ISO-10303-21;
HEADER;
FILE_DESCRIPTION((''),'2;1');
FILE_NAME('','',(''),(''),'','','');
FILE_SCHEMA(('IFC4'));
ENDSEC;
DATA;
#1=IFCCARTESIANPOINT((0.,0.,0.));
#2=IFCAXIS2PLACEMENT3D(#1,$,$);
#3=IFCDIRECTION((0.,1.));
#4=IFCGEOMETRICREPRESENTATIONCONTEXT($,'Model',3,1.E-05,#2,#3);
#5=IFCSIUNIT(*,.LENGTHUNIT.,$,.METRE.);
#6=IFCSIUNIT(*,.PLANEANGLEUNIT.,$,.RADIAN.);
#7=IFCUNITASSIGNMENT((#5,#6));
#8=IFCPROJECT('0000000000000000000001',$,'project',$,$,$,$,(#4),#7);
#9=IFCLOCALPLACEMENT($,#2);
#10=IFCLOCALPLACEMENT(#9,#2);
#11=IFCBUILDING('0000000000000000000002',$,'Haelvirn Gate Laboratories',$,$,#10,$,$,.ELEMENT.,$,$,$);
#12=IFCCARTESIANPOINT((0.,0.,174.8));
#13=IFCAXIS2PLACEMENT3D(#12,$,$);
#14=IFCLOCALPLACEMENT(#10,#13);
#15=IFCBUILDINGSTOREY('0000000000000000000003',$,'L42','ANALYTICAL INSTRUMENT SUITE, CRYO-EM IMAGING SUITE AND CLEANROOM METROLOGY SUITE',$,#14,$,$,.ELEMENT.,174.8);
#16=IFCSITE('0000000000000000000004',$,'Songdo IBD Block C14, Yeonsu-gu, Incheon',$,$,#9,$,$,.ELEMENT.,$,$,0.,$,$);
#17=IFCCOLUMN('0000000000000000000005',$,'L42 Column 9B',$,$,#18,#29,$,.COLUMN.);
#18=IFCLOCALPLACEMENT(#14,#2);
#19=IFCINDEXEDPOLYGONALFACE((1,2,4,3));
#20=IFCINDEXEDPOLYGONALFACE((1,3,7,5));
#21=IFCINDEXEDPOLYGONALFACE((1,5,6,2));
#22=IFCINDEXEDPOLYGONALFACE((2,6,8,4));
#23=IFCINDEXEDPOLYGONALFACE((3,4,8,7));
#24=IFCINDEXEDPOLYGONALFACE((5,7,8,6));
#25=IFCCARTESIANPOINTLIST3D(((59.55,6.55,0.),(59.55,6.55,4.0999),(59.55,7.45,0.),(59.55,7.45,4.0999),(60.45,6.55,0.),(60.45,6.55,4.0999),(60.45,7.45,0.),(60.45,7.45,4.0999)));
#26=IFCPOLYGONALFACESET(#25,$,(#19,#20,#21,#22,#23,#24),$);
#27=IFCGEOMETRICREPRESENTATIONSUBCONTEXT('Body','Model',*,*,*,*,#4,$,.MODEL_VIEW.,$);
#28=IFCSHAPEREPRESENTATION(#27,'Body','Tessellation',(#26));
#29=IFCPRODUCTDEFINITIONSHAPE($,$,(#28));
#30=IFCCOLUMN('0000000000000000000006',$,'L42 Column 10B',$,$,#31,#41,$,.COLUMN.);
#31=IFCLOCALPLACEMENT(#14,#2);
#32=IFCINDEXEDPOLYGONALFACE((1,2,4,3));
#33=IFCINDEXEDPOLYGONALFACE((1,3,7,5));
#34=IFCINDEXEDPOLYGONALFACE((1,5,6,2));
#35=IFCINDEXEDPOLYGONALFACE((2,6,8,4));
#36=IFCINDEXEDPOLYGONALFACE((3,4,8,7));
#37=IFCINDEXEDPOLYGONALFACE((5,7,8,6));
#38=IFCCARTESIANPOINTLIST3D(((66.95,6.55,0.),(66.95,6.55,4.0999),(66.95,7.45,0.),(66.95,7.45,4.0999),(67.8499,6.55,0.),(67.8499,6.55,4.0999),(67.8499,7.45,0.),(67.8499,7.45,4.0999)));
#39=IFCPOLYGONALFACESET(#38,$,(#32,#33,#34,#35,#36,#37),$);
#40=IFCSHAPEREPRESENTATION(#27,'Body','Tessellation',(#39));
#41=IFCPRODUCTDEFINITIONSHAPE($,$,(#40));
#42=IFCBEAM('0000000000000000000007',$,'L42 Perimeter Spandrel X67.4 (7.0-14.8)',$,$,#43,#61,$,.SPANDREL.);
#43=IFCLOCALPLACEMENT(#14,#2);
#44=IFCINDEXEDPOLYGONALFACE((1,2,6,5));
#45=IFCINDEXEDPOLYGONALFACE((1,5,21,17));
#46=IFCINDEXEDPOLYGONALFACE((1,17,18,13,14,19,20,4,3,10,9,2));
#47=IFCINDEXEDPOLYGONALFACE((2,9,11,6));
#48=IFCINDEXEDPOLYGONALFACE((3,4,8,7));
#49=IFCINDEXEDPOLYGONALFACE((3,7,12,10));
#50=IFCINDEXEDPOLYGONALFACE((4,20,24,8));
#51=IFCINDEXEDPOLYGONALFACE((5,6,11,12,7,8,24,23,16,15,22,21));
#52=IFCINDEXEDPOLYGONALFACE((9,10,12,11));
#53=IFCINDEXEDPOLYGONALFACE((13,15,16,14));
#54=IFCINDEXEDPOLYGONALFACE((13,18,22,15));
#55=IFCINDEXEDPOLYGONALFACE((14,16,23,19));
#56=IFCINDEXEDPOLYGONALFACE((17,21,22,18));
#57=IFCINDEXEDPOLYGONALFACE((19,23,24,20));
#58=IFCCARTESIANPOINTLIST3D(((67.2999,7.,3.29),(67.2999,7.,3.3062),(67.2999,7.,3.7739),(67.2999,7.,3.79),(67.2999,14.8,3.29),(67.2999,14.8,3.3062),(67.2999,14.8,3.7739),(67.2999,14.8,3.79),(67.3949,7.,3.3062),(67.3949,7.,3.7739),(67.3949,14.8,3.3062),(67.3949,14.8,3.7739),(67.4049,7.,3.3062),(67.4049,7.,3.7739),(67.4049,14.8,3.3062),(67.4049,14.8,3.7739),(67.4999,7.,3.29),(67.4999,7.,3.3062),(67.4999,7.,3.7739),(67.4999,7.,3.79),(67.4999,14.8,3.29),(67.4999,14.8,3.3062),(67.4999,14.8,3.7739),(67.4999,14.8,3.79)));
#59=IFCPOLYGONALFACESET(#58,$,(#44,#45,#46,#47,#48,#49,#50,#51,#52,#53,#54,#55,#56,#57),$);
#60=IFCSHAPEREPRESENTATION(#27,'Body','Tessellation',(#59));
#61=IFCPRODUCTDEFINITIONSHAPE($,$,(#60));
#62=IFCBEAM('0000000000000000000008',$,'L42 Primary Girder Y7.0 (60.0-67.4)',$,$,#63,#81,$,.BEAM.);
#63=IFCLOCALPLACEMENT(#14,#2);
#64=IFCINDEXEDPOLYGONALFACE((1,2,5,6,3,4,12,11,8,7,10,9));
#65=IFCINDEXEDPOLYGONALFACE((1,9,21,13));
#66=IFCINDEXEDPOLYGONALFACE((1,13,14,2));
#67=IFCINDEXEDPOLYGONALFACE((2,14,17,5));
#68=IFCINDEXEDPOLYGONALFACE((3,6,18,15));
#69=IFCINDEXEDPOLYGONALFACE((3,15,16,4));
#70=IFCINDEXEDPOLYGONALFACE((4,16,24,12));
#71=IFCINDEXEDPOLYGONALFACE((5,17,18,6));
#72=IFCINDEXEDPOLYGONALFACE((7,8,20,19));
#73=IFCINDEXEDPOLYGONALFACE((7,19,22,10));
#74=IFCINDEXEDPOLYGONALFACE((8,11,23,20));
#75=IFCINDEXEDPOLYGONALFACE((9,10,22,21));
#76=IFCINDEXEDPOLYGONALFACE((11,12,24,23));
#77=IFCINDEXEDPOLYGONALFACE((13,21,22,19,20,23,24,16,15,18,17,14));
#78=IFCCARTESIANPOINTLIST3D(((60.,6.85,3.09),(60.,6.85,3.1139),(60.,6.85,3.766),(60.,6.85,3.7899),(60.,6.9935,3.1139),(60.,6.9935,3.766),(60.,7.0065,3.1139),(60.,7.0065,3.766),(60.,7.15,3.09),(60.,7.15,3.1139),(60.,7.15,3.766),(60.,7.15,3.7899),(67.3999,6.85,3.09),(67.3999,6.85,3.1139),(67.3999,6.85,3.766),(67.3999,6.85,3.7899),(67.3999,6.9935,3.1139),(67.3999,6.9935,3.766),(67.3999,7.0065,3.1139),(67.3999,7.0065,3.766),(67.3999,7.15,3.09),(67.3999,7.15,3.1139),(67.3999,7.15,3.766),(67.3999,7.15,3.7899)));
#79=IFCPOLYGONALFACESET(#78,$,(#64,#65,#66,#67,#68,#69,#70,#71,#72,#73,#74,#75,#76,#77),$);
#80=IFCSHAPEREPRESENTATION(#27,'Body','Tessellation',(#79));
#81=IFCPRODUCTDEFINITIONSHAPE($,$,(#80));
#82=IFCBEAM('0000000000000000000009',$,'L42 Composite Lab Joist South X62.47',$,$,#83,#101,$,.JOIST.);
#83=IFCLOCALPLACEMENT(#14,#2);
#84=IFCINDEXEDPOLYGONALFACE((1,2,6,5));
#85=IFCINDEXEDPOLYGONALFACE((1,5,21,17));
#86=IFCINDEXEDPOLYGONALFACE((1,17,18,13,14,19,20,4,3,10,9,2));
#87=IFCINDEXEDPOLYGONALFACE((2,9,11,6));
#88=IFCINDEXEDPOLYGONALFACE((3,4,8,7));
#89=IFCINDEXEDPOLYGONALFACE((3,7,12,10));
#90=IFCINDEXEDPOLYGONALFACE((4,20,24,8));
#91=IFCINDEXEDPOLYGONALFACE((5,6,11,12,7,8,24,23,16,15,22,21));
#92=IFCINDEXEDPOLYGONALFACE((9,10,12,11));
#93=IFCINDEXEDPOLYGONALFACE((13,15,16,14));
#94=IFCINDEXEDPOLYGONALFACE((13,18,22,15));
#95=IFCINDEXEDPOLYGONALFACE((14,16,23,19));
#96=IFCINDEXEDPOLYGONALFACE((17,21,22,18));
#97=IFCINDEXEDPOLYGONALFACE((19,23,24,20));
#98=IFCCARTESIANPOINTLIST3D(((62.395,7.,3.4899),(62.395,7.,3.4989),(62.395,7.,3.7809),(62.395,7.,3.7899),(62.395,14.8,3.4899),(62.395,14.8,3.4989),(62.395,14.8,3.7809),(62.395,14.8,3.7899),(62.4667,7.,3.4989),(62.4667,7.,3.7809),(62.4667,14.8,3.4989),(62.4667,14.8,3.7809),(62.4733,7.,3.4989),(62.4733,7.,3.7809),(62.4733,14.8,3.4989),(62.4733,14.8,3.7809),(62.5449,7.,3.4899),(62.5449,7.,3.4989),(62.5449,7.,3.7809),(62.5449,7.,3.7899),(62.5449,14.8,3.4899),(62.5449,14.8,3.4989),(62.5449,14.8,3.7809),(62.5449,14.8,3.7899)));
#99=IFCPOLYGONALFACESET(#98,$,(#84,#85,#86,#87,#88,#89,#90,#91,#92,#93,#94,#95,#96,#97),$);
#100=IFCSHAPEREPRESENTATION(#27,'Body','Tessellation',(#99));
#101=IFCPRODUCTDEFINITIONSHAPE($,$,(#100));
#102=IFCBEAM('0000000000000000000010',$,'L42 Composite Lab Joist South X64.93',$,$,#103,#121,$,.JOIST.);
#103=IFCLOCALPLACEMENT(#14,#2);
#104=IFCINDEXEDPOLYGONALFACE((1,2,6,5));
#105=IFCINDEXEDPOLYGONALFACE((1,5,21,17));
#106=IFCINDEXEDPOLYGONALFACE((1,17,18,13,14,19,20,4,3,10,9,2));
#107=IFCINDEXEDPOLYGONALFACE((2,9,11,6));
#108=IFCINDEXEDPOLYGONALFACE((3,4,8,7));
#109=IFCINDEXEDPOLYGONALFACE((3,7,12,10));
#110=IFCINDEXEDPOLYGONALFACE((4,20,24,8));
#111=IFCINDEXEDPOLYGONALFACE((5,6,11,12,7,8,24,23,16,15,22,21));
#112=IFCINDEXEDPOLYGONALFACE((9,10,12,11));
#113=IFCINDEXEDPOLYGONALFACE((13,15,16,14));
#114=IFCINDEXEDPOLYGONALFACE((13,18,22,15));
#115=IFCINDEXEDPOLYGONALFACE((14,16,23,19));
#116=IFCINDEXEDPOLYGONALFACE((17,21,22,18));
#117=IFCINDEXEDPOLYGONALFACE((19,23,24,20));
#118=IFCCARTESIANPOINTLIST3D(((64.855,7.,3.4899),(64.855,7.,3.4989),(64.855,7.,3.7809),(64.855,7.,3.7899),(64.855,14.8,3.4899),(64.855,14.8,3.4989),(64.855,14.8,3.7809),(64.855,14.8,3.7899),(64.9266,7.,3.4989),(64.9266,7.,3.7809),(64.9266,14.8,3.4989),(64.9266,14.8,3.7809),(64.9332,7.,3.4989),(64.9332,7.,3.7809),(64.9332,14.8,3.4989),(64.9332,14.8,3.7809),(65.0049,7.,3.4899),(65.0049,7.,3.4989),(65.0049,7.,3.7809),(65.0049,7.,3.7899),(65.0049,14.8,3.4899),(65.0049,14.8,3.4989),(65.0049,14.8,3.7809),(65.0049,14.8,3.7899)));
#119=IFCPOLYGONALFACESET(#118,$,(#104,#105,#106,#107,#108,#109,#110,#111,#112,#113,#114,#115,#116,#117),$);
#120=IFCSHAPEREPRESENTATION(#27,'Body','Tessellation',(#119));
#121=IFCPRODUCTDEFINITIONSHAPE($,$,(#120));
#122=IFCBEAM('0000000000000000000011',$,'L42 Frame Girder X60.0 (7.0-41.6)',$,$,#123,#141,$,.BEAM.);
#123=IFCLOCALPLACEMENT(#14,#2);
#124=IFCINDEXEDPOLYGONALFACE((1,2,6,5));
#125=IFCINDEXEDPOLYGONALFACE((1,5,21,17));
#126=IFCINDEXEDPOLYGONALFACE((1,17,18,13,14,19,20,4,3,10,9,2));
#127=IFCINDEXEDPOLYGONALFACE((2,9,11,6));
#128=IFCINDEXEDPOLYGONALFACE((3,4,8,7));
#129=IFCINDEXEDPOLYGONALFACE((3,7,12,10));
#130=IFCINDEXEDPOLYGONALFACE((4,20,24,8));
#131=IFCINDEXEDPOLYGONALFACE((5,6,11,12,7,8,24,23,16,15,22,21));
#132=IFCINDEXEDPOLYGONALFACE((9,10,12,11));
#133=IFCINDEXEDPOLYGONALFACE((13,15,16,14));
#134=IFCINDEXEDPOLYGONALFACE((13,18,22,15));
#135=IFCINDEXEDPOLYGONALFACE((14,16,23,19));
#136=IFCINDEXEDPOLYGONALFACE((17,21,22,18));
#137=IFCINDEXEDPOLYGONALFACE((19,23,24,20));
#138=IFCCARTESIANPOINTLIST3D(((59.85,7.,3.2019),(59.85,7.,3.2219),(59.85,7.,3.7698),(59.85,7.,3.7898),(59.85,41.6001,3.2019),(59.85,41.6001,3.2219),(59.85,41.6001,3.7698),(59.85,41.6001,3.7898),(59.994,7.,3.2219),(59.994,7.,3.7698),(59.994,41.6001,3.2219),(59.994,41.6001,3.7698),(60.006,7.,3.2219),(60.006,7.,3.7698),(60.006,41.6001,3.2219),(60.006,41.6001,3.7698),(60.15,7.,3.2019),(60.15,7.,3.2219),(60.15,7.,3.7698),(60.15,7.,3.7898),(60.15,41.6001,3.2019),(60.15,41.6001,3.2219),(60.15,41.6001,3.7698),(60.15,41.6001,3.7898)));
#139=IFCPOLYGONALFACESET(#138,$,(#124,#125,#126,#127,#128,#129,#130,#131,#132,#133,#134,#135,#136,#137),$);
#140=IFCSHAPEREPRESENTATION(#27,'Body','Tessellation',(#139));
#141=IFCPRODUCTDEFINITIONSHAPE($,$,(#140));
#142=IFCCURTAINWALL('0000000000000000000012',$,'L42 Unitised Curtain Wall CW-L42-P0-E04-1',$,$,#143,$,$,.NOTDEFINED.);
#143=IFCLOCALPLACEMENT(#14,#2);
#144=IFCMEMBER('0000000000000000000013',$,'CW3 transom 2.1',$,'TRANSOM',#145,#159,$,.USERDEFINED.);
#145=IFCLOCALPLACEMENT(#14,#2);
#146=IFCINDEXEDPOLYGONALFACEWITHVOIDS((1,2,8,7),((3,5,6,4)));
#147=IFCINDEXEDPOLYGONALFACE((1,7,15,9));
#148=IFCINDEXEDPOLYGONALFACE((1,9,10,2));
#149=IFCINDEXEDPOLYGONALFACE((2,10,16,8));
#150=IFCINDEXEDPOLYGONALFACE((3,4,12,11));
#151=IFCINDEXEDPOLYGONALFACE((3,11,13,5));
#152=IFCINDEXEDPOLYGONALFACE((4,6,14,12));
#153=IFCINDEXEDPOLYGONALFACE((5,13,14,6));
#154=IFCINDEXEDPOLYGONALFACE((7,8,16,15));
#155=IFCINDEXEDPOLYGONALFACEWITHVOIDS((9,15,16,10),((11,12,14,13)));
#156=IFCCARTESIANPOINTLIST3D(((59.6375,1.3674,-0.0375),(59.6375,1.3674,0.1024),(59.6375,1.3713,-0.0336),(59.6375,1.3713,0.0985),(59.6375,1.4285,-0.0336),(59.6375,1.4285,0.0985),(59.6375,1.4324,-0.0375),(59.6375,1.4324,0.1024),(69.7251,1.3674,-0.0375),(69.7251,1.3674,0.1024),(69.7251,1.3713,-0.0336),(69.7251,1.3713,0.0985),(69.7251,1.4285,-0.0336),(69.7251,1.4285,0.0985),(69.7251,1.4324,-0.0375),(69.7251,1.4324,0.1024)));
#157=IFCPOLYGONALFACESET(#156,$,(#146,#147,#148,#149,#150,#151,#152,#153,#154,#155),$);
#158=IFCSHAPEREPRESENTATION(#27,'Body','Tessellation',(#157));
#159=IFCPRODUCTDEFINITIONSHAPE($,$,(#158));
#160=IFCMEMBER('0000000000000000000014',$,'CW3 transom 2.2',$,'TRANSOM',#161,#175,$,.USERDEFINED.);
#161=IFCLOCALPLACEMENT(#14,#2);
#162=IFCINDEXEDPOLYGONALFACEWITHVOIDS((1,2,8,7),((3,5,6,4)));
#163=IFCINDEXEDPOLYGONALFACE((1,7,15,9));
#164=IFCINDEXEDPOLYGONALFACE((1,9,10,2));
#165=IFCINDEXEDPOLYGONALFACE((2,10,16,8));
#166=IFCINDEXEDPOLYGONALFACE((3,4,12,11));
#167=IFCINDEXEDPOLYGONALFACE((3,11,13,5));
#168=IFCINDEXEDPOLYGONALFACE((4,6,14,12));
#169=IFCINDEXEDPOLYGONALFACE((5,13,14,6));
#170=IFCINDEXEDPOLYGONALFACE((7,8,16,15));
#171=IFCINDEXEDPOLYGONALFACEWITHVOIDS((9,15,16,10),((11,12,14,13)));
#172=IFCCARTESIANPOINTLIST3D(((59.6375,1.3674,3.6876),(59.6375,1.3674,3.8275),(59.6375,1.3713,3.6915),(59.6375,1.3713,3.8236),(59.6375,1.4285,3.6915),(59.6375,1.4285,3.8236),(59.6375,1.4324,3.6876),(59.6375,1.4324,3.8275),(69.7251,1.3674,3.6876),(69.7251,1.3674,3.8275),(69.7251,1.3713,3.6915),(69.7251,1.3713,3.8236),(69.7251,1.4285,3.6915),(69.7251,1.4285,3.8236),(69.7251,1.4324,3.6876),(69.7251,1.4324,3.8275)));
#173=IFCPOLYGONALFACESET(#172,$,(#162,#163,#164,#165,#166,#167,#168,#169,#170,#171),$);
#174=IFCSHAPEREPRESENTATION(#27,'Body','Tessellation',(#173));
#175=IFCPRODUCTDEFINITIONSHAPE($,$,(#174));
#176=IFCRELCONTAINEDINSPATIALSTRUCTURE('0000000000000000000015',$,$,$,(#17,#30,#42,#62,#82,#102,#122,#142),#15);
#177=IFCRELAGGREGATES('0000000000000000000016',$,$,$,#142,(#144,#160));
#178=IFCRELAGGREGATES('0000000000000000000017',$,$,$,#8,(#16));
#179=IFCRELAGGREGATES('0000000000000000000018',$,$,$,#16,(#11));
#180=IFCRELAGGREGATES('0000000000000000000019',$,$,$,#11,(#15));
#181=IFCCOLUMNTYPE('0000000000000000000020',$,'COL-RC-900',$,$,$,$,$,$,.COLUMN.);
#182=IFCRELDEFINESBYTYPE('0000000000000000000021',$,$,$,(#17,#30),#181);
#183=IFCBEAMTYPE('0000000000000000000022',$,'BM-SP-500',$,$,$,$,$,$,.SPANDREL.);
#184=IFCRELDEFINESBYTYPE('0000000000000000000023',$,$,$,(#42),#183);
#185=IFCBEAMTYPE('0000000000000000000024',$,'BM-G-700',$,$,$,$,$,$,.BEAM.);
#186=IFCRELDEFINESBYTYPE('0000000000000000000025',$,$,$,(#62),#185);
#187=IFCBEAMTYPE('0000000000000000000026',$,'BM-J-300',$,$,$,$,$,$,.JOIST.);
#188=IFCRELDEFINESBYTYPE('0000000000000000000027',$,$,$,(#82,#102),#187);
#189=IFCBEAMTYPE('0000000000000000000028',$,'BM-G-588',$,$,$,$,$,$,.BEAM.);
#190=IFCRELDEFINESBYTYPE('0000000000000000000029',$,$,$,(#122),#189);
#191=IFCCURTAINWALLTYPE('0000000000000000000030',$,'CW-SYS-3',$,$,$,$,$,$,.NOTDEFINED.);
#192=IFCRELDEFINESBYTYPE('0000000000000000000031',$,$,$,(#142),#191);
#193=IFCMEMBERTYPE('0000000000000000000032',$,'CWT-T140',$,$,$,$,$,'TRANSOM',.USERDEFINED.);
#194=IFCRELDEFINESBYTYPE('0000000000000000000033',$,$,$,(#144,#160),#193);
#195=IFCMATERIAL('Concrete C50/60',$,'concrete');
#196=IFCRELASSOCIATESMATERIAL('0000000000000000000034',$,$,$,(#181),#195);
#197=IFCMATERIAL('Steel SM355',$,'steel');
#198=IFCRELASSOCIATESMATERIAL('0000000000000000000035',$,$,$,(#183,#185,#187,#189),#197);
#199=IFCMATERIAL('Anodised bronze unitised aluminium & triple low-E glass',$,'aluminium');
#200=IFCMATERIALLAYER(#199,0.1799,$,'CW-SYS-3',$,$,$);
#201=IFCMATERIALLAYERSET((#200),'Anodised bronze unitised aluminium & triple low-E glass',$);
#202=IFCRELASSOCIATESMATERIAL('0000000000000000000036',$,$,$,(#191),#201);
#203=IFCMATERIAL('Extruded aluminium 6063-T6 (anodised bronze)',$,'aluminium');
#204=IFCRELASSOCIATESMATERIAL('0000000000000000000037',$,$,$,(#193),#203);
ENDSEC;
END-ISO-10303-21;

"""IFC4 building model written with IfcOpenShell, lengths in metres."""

from ifc_helpers import new_model, si_unit, direction, frame, origin, origin_2d, place, context, subcontext, project, spatial, rectangle, hollow_rectangle, i_section, extrude, source, transform, mapped, material, layer, layer_set, material_profile, profile_set, type_object, type_shapes, element, aggregate, save


model = new_model("IFC4")

# Units and contexts
model_context = context("Model", 3, precision=1e-05, world=origin(), true_north=direction((0.0, 1.0)))
body_context = subcontext(model_context, "Body", "Model", "MODEL_VIEW")
ifc_project = project(units=[si_unit("LENGTHUNIT", "METRE"), si_unit("PLANEANGLEUNIT", "RADIAN")], contexts=[model_context])

# Site, building, storey
site_placement = place(None, origin())
site = spatial("IfcSite", under=ifc_project, at=site_placement, Name="Songdo IBD Block C14, Yeonsu-gu, Incheon", CompositionType="ELEMENT", RefElevation=0.0)
building_placement = place(site_placement, origin())
building = spatial("IfcBuilding", under=site, at=building_placement, Name="Haelvirn Gate Laboratories", CompositionType="ELEMENT")
storey_placement = place(building_placement, frame((0.0, 0.0, 174.8)))
storey = spatial("IfcBuildingStorey", under=building, at=storey_placement, Name="L42", Description="ANALYTICAL INSTRUMENT SUITE, CRYO-EM IMAGING SUITE AND CLEANROOM METROLOGY SUITE", CompositionType="ELEMENT", Elevation=174.8)

# Columns
ifc_material_1 = material(Name="Concrete C50/60", Category="concrete")
ifc_material_profile_1 = material_profile(ifc_material_1, rectangle(XDim=0.8999, YDim=0.8999, at=origin_2d()), Name="RC-900x900")
ifc_profile_set_1 = profile_set([ifc_material_profile_1], Name="Concrete C50/60")
column_type = type_object("IfcColumnType", Name="COL-RC-900", PredefinedType="COLUMN", material=ifc_profile_set_1)
shared_shape_1 = source(origin(), body_context, "Body", "SweptSolid", [
    extrude(rectangle(XDim=0.8999, YDim=0.8999, at=origin_2d()), origin(), (0.0, 0.0, 1.0), 4.0999),
])
type_shapes(column_type, [shared_shape_1])
for number, where, z_axis, x_axis, name in (
    (1, (60.0, 7.0, 0.0), (0.0, 0.0, 1.0), (1.0, 0.0, 0.0), "L42 Column 9B"),
    (2, (67.3999, 7.0, 0.0), (0.0, 0.0, 1.0), (1.0, 0.0, 0.0), "L42 Column 10B"),
):
    element("IfcColumn", number, at=place(storey_placement, frame(where, z_axis=z_axis, x_axis=x_axis)), inside=storey, type_object=column_type, Name=name, PredefinedType="COLUMN", context=body_context, shape_type="MappedRepresentation", body=[
        mapped(shared_shape_1, transform((0.0, 0.0, 0.0), scale=1.0)),
    ])

# Beams
ifc_material_2 = material(Name="Steel SM355", Category="steel")
ifc_material_profile_2 = material_profile(ifc_material_2, i_section(OverallWidth=0.2, OverallDepth=0.5, WebThickness=0.01, FlangeThickness=0.0161, at=origin_2d()), Name="H-500x200x10x16")
ifc_profile_set_2 = profile_set([ifc_material_profile_2], Name="Steel SM355")
beam_type_1 = type_object("IfcBeamType", Name="BM-SP-500", PredefinedType="SPANDREL", material=ifc_profile_set_2)
shared_shape_2 = source(origin(), body_context, "Body", "SweptSolid", [
    extrude(i_section(OverallWidth=0.2, OverallDepth=0.5, WebThickness=0.01, FlangeThickness=0.0161, at=origin_2d()), origin(), (0.0, 0.0, 1.0), 7.8),
])
type_shapes(beam_type_1, [shared_shape_2])
beam_1_placement = place(storey_placement, frame((67.3999, 7.0, 3.54), z_axis=(0.0, 1.0, 0.0), x_axis=(-1.0, 0.0, 0.0)))
element("IfcBeam", 3, at=beam_1_placement, inside=storey, type_object=beam_type_1, Name="L42 Perimeter Spandrel X67.4 (7.0-14.8)", PredefinedType="SPANDREL", context=body_context, shape_type="MappedRepresentation", body=[
    mapped(shared_shape_2, transform((0.0, 0.0, 0.0), scale=1.0)),
])
ifc_material_profile_3 = material_profile(ifc_material_2, i_section(OverallWidth=0.3, OverallDepth=0.7, WebThickness=0.0129, FlangeThickness=0.0239, at=origin_2d()), Name="H-700x300x13x24")
ifc_profile_set_3 = profile_set([ifc_material_profile_3], Name="Steel SM355")
beam_type_2 = type_object("IfcBeamType", Name="BM-G-700", PredefinedType="BEAM", material=ifc_profile_set_3)
shared_shape_3 = source(origin(), body_context, "Body", "SweptSolid", [
    extrude(i_section(OverallWidth=0.3, OverallDepth=0.7, WebThickness=0.0129, FlangeThickness=0.0239, at=origin_2d()), origin(), (0.0, 0.0, 1.0), 7.3999),
])
type_shapes(beam_type_2, [shared_shape_3])
beam_2_placement = place(storey_placement, frame((60.0, 7.0, 3.4399), z_axis=(1.0, 0.0, 0.0), x_axis=(0.0, 1.0, 0.0)))
element("IfcBeam", 4, at=beam_2_placement, inside=storey, type_object=beam_type_2, Name="L42 Primary Girder Y7.0 (60.0-67.4)", PredefinedType="BEAM", context=body_context, shape_type="MappedRepresentation", body=[
    mapped(shared_shape_3, transform((0.0, 0.0, 0.0), scale=1.0)),
])
ifc_material_profile_4 = material_profile(ifc_material_2, i_section(OverallWidth=0.1499, OverallDepth=0.3, WebThickness=0.0066, FlangeThickness=0.009, at=origin_2d()), Name="H-300x150x6.5x9")
ifc_profile_set_4 = profile_set([ifc_material_profile_4], Name="Steel SM355")
beam_type_3 = type_object("IfcBeamType", Name="BM-J-300", PredefinedType="JOIST", material=ifc_profile_set_4)
shared_shape_4 = source(origin(), body_context, "Body", "SweptSolid", [
    extrude(i_section(OverallWidth=0.1499, OverallDepth=0.3, WebThickness=0.0066, FlangeThickness=0.009, at=origin_2d()), origin(), (0.0, 0.0, 1.0), 7.8),
])
type_shapes(beam_type_3, [shared_shape_4])
for number, where, z_axis, x_axis, name in (
    (5, (62.47, 7.0, 3.6399), (0.0, 1.0, 0.0), (-1.0, 0.0, 0.0), "L42 Composite Lab Joist South X62.47"),
    (6, (64.9299, 7.0, 3.6399), (0.0, 1.0, 0.0), (-1.0, 0.0, 0.0), "L42 Composite Lab Joist South X64.93"),
):
    element("IfcBeam", number, at=place(storey_placement, frame(where, z_axis=z_axis, x_axis=x_axis)), inside=storey, type_object=beam_type_3, Name=name, PredefinedType="JOIST", context=body_context, shape_type="MappedRepresentation", body=[
        mapped(shared_shape_4, transform((0.0, 0.0, 0.0), scale=1.0)),
    ])
ifc_material_profile_5 = material_profile(ifc_material_2, i_section(OverallWidth=0.3, OverallDepth=0.5879, WebThickness=0.012, FlangeThickness=0.02, at=origin_2d()), Name="H-588x300x12x20")
ifc_profile_set_5 = profile_set([ifc_material_profile_5], Name="Steel SM355")
beam_type_4 = type_object("IfcBeamType", Name="BM-G-588", PredefinedType="BEAM", material=ifc_profile_set_5)
shared_shape_5 = source(origin(), body_context, "Body", "SweptSolid", [
    extrude(i_section(OverallWidth=0.3, OverallDepth=0.5879, WebThickness=0.012, FlangeThickness=0.02, at=origin_2d()), origin(), (0.0, 0.0, 1.0), 34.6001),
])
type_shapes(beam_type_4, [shared_shape_5])
beam_3_placement = place(storey_placement, frame((60.0, 7.0, 3.4958), z_axis=(0.0, 1.0, 0.0), x_axis=(-1.0, 0.0, 0.0)))
element("IfcBeam", 7, at=beam_3_placement, inside=storey, type_object=beam_type_4, Name="L42 Frame Girder X60.0 (7.0-41.6)", PredefinedType="BEAM", context=body_context, shape_type="MappedRepresentation", body=[
    mapped(shared_shape_5, transform((0.0, 0.0, 0.0), scale=1.0)),
])

# Curtain wall, members
ifc_material_3 = material(Name="Anodised bronze unitised aluminium & triple low-E glass", Category="aluminium")
ifc_layer_1 = layer(ifc_material_3, 0.1799, Name="CW-SYS-3")
ifc_layer_set_1 = layer_set([ifc_layer_1], Name="Anodised bronze unitised aluminium & triple low-E glass")
curtain_wall_type_1 = type_object("IfcCurtainWallType", Name="CW-SYS-3", PredefinedType="NOTDEFINED", material=ifc_layer_set_1)
curtain_wall_1_placement = place(storey_placement, origin())
curtain_wall_1 = element("IfcCurtainWall", 8, at=curtain_wall_1_placement, inside=storey, type_object=curtain_wall_type_1, Name="L42 Unitised Curtain Wall CW-L42-P0-E04-1", PredefinedType="NOTDEFINED")
ifc_material_4 = material(Name="Extruded aluminium 6063-T6 (anodised bronze)", Category="aluminium")
ifc_material_profile_6 = material_profile(ifc_material_4, hollow_rectangle(XDim=0.0649, YDim=0.1399, WallThickness=0.0039, at=origin_2d()), Name="CWT-140x65x4")
ifc_profile_set_6 = profile_set([ifc_material_profile_6], Name="Extruded aluminium 6063-T6 (anodised bronze)")
member_type_1 = type_object("IfcMemberType", Name="CWT-T140", ElementType="TRANSOM", PredefinedType="USERDEFINED", material=ifc_profile_set_6)
shared_shape_6 = source(origin(), body_context, "Body", "SweptSolid", [
    extrude(hollow_rectangle(XDim=0.0649, YDim=0.1399, WallThickness=0.0039, at=origin_2d()), origin(), (0.0, 0.0, 1.0), 10.0876),
])
member_1_placement = place(storey_placement, frame((59.6375, 1.3999, 0.0325), z_axis=(1.0, 0.0, 0.0), x_axis=(0.0, 1.0, 0.0)))
member_1 = element("IfcMember", 9, at=member_1_placement, type_object=member_type_1, Name="CW3 transom 2.1", ObjectType="TRANSOM", PredefinedType="USERDEFINED", context=body_context, shape_type="MappedRepresentation", body=[
    mapped(shared_shape_6, transform((0.0, 0.0, 0.0), scale=1.0)),
])
member_2_placement = place(storey_placement, frame((59.6375, 1.3999, 3.7576), z_axis=(1.0, 0.0, 0.0), x_axis=(0.0, 1.0, 0.0)))
member_2 = element("IfcMember", 10, at=member_2_placement, type_object=member_type_1, Name="CW3 transom 2.2", ObjectType="TRANSOM", PredefinedType="USERDEFINED", context=body_context, shape_type="MappedRepresentation", body=[
    mapped(shared_shape_6, transform((0.0, 0.0, 0.0), scale=1.0)),
])

aggregate(curtain_wall_1, [member_1, member_2])

save(model, "model.ifc")
